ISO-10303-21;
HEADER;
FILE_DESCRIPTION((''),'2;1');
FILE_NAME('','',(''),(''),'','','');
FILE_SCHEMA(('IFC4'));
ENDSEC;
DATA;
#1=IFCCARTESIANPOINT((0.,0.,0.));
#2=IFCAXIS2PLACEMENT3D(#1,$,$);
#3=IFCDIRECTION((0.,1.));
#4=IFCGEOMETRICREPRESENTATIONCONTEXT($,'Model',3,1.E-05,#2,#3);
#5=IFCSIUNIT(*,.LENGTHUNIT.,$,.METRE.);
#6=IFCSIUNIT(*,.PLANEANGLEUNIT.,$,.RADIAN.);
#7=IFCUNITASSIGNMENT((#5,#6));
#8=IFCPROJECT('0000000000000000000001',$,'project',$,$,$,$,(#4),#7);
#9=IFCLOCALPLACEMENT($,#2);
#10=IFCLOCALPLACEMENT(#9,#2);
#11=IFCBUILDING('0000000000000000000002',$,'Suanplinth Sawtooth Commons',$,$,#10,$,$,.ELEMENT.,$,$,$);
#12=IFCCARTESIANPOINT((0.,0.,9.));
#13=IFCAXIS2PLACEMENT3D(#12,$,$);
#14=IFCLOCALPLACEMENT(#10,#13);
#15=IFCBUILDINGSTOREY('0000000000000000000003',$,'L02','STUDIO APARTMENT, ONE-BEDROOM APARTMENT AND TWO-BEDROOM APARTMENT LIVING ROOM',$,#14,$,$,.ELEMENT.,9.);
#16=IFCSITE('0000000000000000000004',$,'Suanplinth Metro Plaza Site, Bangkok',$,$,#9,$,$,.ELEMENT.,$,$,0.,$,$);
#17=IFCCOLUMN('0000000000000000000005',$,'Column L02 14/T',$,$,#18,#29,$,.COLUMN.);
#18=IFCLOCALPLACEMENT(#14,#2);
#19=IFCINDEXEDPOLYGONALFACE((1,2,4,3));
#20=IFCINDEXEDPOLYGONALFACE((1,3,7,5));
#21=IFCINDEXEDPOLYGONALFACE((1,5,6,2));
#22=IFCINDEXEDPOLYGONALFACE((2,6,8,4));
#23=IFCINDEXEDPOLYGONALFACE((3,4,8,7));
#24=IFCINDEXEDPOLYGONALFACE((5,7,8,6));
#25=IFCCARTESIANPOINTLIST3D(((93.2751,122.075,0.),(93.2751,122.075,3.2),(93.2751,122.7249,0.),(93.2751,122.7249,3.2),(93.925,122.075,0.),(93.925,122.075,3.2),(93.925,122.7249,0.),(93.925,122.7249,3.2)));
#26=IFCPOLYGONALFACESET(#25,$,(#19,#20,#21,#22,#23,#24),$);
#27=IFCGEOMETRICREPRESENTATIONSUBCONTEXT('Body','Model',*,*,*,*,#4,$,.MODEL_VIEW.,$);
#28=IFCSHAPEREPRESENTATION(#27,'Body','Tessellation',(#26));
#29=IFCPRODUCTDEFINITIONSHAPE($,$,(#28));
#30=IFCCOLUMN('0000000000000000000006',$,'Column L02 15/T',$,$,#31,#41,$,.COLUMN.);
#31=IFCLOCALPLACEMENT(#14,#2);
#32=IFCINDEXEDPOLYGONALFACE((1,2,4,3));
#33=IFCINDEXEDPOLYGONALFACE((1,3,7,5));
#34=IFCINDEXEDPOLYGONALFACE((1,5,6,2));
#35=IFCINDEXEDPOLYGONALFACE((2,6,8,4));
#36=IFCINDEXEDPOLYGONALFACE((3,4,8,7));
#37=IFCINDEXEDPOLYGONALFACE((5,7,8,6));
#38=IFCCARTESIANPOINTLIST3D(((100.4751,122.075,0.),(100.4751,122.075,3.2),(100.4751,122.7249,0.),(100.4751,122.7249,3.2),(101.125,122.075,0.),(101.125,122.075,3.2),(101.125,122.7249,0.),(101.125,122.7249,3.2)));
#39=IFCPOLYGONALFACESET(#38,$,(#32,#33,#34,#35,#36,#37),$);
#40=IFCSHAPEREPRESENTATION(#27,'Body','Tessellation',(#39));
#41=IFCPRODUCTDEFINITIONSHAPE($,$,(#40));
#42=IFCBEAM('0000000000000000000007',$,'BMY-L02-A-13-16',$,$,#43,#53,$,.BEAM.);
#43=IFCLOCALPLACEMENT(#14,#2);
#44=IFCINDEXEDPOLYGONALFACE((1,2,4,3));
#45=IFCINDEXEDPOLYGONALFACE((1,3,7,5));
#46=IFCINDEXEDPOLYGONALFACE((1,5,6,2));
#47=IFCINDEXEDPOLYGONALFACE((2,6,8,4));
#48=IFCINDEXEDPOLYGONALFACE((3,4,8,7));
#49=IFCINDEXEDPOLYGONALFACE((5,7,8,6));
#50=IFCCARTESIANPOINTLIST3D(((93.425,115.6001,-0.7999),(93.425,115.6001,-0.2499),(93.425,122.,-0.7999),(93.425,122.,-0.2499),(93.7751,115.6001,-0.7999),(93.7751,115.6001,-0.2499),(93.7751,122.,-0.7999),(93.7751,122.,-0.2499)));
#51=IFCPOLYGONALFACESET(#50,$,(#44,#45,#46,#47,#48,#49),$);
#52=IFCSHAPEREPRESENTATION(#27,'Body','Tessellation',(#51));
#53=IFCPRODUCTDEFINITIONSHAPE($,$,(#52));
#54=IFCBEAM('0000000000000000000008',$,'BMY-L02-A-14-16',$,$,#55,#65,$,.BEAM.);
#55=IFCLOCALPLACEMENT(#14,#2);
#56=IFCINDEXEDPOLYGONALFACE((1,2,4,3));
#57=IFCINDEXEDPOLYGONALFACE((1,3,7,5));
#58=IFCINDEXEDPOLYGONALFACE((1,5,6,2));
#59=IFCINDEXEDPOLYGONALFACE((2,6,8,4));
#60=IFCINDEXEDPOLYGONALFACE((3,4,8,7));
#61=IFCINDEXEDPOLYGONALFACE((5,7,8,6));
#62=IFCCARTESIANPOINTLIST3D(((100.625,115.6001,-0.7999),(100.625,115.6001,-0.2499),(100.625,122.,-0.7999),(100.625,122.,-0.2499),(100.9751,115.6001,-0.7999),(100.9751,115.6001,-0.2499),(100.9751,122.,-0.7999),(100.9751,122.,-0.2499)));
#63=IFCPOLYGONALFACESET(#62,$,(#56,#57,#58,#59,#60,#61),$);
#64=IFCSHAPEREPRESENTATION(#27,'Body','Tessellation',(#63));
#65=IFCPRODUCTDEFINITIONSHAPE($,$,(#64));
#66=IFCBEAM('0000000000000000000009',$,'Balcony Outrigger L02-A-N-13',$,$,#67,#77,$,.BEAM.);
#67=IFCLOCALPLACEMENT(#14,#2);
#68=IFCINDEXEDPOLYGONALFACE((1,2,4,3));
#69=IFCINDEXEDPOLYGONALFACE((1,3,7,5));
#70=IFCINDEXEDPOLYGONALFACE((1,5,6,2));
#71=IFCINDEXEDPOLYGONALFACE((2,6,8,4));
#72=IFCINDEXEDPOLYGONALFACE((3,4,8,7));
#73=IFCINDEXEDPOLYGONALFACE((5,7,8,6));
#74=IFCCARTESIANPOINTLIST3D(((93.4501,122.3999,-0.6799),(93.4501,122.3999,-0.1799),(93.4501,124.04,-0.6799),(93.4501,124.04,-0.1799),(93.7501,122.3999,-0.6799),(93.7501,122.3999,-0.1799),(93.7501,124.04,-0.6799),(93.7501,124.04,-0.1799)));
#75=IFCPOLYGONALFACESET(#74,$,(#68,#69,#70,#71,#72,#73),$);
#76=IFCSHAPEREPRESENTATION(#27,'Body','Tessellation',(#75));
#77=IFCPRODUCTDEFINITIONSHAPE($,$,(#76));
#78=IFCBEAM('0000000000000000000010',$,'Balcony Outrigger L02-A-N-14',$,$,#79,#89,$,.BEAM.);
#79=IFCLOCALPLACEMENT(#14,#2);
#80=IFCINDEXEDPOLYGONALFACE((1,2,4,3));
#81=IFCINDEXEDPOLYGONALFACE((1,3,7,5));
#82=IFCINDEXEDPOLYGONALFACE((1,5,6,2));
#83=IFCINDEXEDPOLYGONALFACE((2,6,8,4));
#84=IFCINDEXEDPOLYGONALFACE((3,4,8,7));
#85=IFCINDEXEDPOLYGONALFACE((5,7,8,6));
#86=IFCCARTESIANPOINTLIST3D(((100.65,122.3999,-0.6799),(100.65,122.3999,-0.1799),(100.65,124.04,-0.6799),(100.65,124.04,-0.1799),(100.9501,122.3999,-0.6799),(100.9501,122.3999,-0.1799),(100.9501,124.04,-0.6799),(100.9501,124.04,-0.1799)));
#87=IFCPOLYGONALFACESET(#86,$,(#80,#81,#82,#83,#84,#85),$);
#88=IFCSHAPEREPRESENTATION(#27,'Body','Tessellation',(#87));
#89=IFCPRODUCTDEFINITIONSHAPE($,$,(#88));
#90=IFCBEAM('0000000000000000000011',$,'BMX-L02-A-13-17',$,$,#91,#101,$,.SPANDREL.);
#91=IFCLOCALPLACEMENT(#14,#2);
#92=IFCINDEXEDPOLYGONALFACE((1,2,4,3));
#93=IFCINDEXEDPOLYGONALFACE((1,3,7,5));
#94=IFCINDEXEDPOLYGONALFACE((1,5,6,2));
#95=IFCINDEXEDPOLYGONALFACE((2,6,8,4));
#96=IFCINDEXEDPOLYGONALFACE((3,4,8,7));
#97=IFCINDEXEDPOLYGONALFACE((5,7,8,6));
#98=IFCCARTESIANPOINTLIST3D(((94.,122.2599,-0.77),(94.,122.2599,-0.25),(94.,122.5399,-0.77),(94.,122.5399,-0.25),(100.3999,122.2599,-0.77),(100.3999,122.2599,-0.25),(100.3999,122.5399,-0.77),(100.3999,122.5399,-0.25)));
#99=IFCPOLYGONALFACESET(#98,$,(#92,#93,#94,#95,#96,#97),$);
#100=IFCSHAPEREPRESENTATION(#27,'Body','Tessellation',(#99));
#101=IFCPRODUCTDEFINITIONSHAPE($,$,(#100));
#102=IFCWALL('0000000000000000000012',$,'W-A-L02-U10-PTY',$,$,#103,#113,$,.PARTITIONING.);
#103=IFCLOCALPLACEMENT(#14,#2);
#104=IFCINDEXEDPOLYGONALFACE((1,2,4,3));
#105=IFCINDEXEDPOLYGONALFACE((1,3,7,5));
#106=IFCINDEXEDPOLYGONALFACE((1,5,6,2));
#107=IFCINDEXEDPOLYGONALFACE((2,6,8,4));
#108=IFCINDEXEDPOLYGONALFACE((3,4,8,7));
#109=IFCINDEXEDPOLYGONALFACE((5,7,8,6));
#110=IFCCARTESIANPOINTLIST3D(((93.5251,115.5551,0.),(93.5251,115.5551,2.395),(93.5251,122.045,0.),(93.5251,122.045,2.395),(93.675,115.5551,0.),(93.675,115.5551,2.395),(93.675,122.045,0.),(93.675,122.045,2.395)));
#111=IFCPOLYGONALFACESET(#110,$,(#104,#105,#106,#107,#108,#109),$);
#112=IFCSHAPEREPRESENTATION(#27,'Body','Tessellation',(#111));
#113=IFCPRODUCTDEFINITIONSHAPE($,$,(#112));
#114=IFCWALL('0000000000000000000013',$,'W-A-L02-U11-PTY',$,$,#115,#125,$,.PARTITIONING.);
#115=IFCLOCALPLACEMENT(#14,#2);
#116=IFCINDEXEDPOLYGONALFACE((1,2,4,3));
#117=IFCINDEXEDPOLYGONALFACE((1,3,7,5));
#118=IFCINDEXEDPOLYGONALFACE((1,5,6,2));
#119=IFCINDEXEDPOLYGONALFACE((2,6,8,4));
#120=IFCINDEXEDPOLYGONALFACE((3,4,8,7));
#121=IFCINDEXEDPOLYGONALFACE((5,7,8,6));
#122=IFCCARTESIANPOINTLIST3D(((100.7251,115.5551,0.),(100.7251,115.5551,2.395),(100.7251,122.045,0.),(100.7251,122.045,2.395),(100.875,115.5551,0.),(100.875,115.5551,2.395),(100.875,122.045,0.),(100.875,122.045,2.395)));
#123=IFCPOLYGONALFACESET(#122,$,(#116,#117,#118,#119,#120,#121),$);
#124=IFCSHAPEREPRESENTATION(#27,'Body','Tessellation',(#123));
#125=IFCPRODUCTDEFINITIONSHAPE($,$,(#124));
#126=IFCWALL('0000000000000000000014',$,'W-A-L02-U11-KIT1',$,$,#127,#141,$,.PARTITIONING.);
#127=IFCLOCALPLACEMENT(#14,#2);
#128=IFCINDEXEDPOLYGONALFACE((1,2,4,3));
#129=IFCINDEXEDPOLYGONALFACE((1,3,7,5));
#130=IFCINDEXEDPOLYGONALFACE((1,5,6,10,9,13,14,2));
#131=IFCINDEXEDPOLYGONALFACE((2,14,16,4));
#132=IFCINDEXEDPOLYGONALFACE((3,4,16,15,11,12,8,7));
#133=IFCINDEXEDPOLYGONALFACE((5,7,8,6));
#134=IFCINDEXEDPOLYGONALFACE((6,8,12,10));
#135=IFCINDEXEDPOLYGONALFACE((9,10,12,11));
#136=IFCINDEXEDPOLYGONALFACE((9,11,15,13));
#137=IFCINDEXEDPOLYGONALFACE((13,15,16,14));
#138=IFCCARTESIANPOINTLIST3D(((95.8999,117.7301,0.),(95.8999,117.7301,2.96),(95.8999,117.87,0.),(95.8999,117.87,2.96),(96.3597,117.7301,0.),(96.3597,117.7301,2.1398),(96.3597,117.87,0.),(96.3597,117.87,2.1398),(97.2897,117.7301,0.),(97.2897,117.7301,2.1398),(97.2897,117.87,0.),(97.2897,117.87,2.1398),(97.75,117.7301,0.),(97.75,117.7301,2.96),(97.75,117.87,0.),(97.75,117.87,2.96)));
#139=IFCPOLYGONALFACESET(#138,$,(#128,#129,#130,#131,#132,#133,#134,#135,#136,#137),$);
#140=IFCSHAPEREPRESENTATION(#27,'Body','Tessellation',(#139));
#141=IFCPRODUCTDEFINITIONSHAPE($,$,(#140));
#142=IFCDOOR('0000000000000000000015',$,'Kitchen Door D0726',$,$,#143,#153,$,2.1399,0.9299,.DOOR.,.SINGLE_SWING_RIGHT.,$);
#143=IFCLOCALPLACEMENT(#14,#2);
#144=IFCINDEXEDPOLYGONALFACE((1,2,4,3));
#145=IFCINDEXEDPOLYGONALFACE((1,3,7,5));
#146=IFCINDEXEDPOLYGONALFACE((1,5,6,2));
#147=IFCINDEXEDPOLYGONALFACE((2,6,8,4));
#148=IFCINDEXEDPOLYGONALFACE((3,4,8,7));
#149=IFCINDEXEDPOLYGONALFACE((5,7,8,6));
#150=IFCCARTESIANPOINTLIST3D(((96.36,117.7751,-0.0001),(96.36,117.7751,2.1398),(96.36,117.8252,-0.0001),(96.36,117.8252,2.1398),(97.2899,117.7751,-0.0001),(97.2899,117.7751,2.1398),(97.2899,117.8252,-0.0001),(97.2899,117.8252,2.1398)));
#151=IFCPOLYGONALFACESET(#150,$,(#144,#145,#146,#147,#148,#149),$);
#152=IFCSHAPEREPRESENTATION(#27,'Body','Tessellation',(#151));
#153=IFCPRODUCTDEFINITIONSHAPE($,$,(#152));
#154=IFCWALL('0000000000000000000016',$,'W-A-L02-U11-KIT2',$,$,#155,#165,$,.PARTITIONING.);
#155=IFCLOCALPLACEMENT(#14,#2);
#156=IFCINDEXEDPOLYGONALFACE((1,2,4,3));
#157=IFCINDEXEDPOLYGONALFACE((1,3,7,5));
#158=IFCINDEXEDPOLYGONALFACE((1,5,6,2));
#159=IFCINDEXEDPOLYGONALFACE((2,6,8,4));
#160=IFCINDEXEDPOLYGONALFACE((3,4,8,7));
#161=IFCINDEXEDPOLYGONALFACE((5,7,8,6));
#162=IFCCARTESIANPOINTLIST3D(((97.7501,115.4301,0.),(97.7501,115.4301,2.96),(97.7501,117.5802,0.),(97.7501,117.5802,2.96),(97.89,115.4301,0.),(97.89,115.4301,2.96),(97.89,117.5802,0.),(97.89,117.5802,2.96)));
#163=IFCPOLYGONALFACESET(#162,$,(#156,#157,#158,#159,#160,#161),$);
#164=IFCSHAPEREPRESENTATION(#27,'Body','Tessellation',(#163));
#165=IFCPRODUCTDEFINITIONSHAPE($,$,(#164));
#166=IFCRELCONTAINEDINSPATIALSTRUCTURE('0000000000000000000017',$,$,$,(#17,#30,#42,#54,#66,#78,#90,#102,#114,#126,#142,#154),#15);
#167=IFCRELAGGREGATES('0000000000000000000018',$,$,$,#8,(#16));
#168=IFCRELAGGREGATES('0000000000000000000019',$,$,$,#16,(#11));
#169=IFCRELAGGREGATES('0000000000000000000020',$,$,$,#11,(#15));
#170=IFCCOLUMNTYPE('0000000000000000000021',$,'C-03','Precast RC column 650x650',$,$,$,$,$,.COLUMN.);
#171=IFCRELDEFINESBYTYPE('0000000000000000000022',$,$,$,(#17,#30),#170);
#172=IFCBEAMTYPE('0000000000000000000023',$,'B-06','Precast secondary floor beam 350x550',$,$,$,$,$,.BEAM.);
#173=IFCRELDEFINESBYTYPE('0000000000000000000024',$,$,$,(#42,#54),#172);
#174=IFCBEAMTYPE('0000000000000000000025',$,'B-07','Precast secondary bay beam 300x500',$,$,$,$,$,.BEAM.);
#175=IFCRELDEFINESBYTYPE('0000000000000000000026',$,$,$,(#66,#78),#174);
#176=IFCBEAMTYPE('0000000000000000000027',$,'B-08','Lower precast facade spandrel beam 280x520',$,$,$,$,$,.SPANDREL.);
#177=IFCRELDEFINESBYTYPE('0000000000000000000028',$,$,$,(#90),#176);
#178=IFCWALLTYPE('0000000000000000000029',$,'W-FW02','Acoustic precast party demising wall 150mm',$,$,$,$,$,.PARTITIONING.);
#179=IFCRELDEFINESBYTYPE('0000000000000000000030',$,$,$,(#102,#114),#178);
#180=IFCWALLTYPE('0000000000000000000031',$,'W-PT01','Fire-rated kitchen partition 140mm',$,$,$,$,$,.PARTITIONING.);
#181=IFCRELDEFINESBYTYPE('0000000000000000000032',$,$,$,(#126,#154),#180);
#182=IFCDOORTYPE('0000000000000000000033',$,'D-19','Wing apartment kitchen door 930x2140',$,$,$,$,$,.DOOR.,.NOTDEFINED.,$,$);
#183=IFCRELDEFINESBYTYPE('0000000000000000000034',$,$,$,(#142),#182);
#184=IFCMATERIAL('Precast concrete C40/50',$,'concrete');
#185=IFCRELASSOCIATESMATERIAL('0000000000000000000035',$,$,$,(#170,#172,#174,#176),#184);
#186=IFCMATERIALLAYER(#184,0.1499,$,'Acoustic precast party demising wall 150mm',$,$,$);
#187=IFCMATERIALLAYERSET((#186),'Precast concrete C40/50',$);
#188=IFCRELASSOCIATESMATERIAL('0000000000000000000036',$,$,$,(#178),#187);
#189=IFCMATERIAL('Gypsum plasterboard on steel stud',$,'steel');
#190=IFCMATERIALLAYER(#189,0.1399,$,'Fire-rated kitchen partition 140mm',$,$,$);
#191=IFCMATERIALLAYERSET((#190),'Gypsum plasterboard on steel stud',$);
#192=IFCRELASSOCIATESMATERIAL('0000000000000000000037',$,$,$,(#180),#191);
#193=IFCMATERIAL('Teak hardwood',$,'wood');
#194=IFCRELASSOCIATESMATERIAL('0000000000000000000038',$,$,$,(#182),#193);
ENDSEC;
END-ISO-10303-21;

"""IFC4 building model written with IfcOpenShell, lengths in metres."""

from ifc_helpers import new_model, si_unit, direction, frame, frame_2d, origin, origin_2d, place, context, subcontext, project, spatial, rectangle, extrude, material, layer, layer_set, material_profile, profile_set, type_object, element, fill, save


model = new_model("IFC4")

# Units and contexts
model_context = context("Model", 3, precision=1e-05, world=origin(), true_north=direction((0.0, 1.0)))
body_context = subcontext(model_context, "Body", "Model", "MODEL_VIEW")
ifc_project = project(units=[si_unit("LENGTHUNIT", "METRE"), si_unit("PLANEANGLEUNIT", "RADIAN")], contexts=[model_context])

# Site, building, storey
site_placement = place(None, origin())
site = spatial("IfcSite", under=ifc_project, at=site_placement, Name="Suanplinth Metro Plaza Site, Bangkok", CompositionType="ELEMENT", RefElevation=0.0)
building_placement = place(site_placement, origin())
building = spatial("IfcBuilding", under=site, at=building_placement, Name="Suanplinth Sawtooth Commons", CompositionType="ELEMENT")
storey_placement = place(building_placement, frame((0.0, 0.0, 9.0)))
storey = spatial("IfcBuildingStorey", under=building, at=storey_placement, Name="L02", Description="STUDIO APARTMENT, ONE-BEDROOM APARTMENT AND TWO-BEDROOM APARTMENT LIVING ROOM", CompositionType="ELEMENT", Elevation=9.0)

# Columns
ifc_material_1 = material(Name="Precast concrete C40/50", Category="concrete")
ifc_material_profile_1 = material_profile(ifc_material_1, rectangle(XDim=0.6499, YDim=0.6499, at=origin_2d()), Name="PC-COL 650x650")
ifc_profile_set_1 = profile_set([ifc_material_profile_1], Name="Precast concrete C40/50")
column_type = type_object("IfcColumnType", Name="C-03", Description="Precast RC column 650x650", PredefinedType="COLUMN", material=ifc_profile_set_1)
for number, where, z_axis, x_axis, name in (
    (1, (93.6001, 122.3999, 0.0), (0.0, 0.0, 1.0), (1.0, 0.0, 0.0), "Column L02 14/T"),
    (2, (100.8, 122.3999, 0.0), (0.0, 0.0, 1.0), (1.0, 0.0, 0.0), "Column L02 15/T"),
):
    element("IfcColumn", number, at=place(storey_placement, frame(where, z_axis=z_axis, x_axis=x_axis)), inside=storey, type_object=column_type, Name=name, PredefinedType="COLUMN", context=body_context, shape_type="SweptSolid", body=[
        extrude(rectangle(XDim=0.6499, YDim=0.6499, at=origin_2d()), origin(), (0.0, 0.0, 1.0), 3.2),
    ])

# Beams
ifc_material_profile_2 = material_profile(ifc_material_1, rectangle(XDim=0.3501, YDim=0.55, at=origin_2d()), Name="PC-BM 350x550")
ifc_profile_set_2 = profile_set([ifc_material_profile_2], Name="Precast concrete C40/50")
beam_type_1 = type_object("IfcBeamType", Name="B-06", Description="Precast secondary floor beam 350x550", PredefinedType="BEAM", material=ifc_profile_set_2)
for number, where, z_axis, x_axis, name in (
    (3, (93.6001, 115.6001, -0.5249), (0.0, 1.0, 0.0), (-1.0, 0.0, 0.0), "BMY-L02-A-13-16"),
    (4, (100.8, 115.6001, -0.5249), (0.0, 1.0, 0.0), (-1.0, 0.0, 0.0), "BMY-L02-A-14-16"),
):
    element("IfcBeam", number, at=place(storey_placement, frame(where, z_axis=z_axis, x_axis=x_axis)), inside=storey, type_object=beam_type_1, Name=name, PredefinedType="BEAM", context=body_context, shape_type="SweptSolid", body=[
        extrude(rectangle(XDim=0.3501, YDim=0.55, at=origin_2d()), origin(), (0.0, 0.0, 1.0), 6.3999),
    ])
ifc_material_profile_3 = material_profile(ifc_material_1, rectangle(XDim=0.3, YDim=0.5, at=origin_2d()), Name="PC-BM 300x500")
ifc_profile_set_3 = profile_set([ifc_material_profile_3], Name="Precast concrete C40/50")
beam_type_2 = type_object("IfcBeamType", Name="B-07", Description="Precast secondary bay beam 300x500", PredefinedType="BEAM", material=ifc_profile_set_3)
for number, where, z_axis, x_axis, name in (
    (5, (93.6001, 122.3999, -0.4299), (0.0, 1.0, 0.0), (-1.0, 0.0, 0.0), "Balcony Outrigger L02-A-N-13"),
    (6, (100.8, 122.3999, -0.4299), (0.0, 1.0, 0.0), (-1.0, 0.0, 0.0), "Balcony Outrigger L02-A-N-14"),
):
    element("IfcBeam", number, at=place(storey_placement, frame(where, z_axis=z_axis, x_axis=x_axis)), inside=storey, type_object=beam_type_2, Name=name, PredefinedType="BEAM", context=body_context, shape_type="SweptSolid", body=[
        extrude(rectangle(XDim=0.3, YDim=0.5, at=origin_2d()), origin(), (0.0, 0.0, 1.0), 1.6401),
    ])
ifc_material_profile_4 = material_profile(ifc_material_1, rectangle(XDim=0.28, YDim=0.52, at=origin_2d()), Name="PC-SP 280x520")
ifc_profile_set_4 = profile_set([ifc_material_profile_4], Name="Precast concrete C40/50")
beam_type_3 = type_object("IfcBeamType", Name="B-08", Description="Lower precast facade spandrel beam 280x520", PredefinedType="SPANDREL", material=ifc_profile_set_4)
beam_placement = place(storey_placement, frame((94.0, 122.3999, -0.51), z_axis=(1.0, 0.0, 0.0), x_axis=(0.0, 1.0, 0.0)))
element("IfcBeam", 7, at=beam_placement, inside=storey, type_object=beam_type_3, Name="BMX-L02-A-13-17", PredefinedType="SPANDREL", context=body_context, shape_type="SweptSolid", body=[
    extrude(rectangle(XDim=0.28, YDim=0.52, at=origin_2d()), origin(), (0.0, 0.0, 1.0), 6.3999),
])

# Walls
ifc_layer_1 = layer(ifc_material_1, 0.1499, Name="Acoustic precast party demising wall 150mm")
ifc_layer_set_1 = layer_set([ifc_layer_1], Name="Precast concrete C40/50")
wall_type_1 = type_object("IfcWallType", Name="W-FW02", Description="Acoustic precast party demising wall 150mm", PredefinedType="PARTITIONING", material=ifc_layer_set_1)
for number, where, z_axis, x_axis, name in (
    (8, (93.6001, 115.5549, 0.0), (0.0, 0.0, 1.0), (0.0, 1.0, 0.0), "W-A-L02-U10-PTY"),
    (9, (100.8, 115.5549, 0.0), (0.0, 0.0, 1.0), (0.0, 1.0, 0.0), "W-A-L02-U11-PTY"),
):
    element("IfcWall", number, at=place(storey_placement, frame(where, z_axis=z_axis, x_axis=x_axis)), inside=storey, type_object=wall_type_1, Name=name, PredefinedType="PARTITIONING", context=body_context, shape_type="SweptSolid", body=[
        extrude(rectangle(XDim=6.49, YDim=0.1499, at=frame_2d((3.2451, 0.0))), origin(), (0.0, 0.0, 1.0), 2.395),
    ])

# Wall, opening, door
ifc_material_2 = material(Name="Gypsum plasterboard on steel stud", Category="steel")
ifc_layer_2 = layer(ifc_material_2, 0.1399, Name="Fire-rated kitchen partition 140mm")
ifc_layer_set_2 = layer_set([ifc_layer_2], Name="Gypsum plasterboard on steel stud")
wall_type_2 = type_object("IfcWallType", Name="W-PT01", Description="Fire-rated kitchen partition 140mm", PredefinedType="PARTITIONING", material=ifc_layer_set_2)
wall_1_placement = place(storey_placement, frame((95.8999, 117.8, 0.0), z_axis=(0.0, 0.0, 1.0), x_axis=(1.0, 0.0, 0.0)))
wall_1 = element("IfcWall", 10, at=wall_1_placement, inside=storey, type_object=wall_type_2, Name="W-A-L02-U11-KIT1", PredefinedType="PARTITIONING", context=body_context, shape_type="SweptSolid", body=[
    extrude(rectangle(XDim=1.8501, YDim=0.1399, at=frame_2d((0.925, 0.0))), origin(), (0.0, 0.0, 1.0), 2.96),
])
opening_1_placement = place(wall_1_placement, frame((0.46, 0.0, 0.0)))
opening_1 = element("IfcOpeningElement", 11, at=opening_1_placement, cuts=wall_1, PredefinedType="OPENING", context=body_context, shape_type="SweptSolid", body=[
    extrude(rectangle(XDim=0.9299, YDim=2.1399, at=frame_2d((0.4648, 1.0698))), frame((0.0, 0.085, 0.0), z_axis=(0.0, -1.0, 0.0), x_axis=(1.0, 0.0, 0.0)), (0.0, 0.0, 1.0), 0.1697),
])
ifc_material_3 = material(Name="Teak hardwood", Category="wood")
door_type_1 = type_object("IfcDoorType", Name="D-19", Description="Wing apartment kitchen door 930x2140", OperationType="NOTDEFINED", PredefinedType="DOOR", material=ifc_material_3)
door_1_placement = place(opening_1_placement, frame((0.9299, 0.0, 0.0), z_axis=(0.0, 0.0, 1.0), x_axis=(-1.0, 0.0, 0.0)))
door_1 = element("IfcDoor", 12, at=door_1_placement, inside=storey, type_object=door_type_1, Name="Kitchen Door D0726", OperationType="SINGLE_SWING_RIGHT", OverallHeight=2.1399, OverallWidth=0.9299, PredefinedType="DOOR", context=body_context, shape_type="SweptSolid", body=[
    extrude(rectangle(XDim=0.9299, YDim=2.1399, at=frame_2d((0.4648, 1.0698))), frame((0.0, 0.0249, 0.0), z_axis=(0.0, -1.0, 0.0), x_axis=(1.0, 0.0, 0.0)), (0.0, 0.0, 1.0), 0.05),
])
fill(opening_1, door_1)

# Wall
wall_2_placement = place(storey_placement, frame((97.8201, 115.4299, 0.0), z_axis=(0.0, 0.0, 1.0), x_axis=(0.0, 1.0, 0.0)))
element("IfcWall", 13, at=wall_2_placement, inside=storey, type_object=wall_type_2, Name="W-A-L02-U11-KIT2", PredefinedType="PARTITIONING", context=body_context, shape_type="SweptSolid", body=[
    extrude(rectangle(XDim=2.1501, YDim=0.1399, at=frame_2d((1.0752, 0.0))), origin(), (0.0, 0.0, 1.0), 2.96),
])

save(model, "model.ifc")
